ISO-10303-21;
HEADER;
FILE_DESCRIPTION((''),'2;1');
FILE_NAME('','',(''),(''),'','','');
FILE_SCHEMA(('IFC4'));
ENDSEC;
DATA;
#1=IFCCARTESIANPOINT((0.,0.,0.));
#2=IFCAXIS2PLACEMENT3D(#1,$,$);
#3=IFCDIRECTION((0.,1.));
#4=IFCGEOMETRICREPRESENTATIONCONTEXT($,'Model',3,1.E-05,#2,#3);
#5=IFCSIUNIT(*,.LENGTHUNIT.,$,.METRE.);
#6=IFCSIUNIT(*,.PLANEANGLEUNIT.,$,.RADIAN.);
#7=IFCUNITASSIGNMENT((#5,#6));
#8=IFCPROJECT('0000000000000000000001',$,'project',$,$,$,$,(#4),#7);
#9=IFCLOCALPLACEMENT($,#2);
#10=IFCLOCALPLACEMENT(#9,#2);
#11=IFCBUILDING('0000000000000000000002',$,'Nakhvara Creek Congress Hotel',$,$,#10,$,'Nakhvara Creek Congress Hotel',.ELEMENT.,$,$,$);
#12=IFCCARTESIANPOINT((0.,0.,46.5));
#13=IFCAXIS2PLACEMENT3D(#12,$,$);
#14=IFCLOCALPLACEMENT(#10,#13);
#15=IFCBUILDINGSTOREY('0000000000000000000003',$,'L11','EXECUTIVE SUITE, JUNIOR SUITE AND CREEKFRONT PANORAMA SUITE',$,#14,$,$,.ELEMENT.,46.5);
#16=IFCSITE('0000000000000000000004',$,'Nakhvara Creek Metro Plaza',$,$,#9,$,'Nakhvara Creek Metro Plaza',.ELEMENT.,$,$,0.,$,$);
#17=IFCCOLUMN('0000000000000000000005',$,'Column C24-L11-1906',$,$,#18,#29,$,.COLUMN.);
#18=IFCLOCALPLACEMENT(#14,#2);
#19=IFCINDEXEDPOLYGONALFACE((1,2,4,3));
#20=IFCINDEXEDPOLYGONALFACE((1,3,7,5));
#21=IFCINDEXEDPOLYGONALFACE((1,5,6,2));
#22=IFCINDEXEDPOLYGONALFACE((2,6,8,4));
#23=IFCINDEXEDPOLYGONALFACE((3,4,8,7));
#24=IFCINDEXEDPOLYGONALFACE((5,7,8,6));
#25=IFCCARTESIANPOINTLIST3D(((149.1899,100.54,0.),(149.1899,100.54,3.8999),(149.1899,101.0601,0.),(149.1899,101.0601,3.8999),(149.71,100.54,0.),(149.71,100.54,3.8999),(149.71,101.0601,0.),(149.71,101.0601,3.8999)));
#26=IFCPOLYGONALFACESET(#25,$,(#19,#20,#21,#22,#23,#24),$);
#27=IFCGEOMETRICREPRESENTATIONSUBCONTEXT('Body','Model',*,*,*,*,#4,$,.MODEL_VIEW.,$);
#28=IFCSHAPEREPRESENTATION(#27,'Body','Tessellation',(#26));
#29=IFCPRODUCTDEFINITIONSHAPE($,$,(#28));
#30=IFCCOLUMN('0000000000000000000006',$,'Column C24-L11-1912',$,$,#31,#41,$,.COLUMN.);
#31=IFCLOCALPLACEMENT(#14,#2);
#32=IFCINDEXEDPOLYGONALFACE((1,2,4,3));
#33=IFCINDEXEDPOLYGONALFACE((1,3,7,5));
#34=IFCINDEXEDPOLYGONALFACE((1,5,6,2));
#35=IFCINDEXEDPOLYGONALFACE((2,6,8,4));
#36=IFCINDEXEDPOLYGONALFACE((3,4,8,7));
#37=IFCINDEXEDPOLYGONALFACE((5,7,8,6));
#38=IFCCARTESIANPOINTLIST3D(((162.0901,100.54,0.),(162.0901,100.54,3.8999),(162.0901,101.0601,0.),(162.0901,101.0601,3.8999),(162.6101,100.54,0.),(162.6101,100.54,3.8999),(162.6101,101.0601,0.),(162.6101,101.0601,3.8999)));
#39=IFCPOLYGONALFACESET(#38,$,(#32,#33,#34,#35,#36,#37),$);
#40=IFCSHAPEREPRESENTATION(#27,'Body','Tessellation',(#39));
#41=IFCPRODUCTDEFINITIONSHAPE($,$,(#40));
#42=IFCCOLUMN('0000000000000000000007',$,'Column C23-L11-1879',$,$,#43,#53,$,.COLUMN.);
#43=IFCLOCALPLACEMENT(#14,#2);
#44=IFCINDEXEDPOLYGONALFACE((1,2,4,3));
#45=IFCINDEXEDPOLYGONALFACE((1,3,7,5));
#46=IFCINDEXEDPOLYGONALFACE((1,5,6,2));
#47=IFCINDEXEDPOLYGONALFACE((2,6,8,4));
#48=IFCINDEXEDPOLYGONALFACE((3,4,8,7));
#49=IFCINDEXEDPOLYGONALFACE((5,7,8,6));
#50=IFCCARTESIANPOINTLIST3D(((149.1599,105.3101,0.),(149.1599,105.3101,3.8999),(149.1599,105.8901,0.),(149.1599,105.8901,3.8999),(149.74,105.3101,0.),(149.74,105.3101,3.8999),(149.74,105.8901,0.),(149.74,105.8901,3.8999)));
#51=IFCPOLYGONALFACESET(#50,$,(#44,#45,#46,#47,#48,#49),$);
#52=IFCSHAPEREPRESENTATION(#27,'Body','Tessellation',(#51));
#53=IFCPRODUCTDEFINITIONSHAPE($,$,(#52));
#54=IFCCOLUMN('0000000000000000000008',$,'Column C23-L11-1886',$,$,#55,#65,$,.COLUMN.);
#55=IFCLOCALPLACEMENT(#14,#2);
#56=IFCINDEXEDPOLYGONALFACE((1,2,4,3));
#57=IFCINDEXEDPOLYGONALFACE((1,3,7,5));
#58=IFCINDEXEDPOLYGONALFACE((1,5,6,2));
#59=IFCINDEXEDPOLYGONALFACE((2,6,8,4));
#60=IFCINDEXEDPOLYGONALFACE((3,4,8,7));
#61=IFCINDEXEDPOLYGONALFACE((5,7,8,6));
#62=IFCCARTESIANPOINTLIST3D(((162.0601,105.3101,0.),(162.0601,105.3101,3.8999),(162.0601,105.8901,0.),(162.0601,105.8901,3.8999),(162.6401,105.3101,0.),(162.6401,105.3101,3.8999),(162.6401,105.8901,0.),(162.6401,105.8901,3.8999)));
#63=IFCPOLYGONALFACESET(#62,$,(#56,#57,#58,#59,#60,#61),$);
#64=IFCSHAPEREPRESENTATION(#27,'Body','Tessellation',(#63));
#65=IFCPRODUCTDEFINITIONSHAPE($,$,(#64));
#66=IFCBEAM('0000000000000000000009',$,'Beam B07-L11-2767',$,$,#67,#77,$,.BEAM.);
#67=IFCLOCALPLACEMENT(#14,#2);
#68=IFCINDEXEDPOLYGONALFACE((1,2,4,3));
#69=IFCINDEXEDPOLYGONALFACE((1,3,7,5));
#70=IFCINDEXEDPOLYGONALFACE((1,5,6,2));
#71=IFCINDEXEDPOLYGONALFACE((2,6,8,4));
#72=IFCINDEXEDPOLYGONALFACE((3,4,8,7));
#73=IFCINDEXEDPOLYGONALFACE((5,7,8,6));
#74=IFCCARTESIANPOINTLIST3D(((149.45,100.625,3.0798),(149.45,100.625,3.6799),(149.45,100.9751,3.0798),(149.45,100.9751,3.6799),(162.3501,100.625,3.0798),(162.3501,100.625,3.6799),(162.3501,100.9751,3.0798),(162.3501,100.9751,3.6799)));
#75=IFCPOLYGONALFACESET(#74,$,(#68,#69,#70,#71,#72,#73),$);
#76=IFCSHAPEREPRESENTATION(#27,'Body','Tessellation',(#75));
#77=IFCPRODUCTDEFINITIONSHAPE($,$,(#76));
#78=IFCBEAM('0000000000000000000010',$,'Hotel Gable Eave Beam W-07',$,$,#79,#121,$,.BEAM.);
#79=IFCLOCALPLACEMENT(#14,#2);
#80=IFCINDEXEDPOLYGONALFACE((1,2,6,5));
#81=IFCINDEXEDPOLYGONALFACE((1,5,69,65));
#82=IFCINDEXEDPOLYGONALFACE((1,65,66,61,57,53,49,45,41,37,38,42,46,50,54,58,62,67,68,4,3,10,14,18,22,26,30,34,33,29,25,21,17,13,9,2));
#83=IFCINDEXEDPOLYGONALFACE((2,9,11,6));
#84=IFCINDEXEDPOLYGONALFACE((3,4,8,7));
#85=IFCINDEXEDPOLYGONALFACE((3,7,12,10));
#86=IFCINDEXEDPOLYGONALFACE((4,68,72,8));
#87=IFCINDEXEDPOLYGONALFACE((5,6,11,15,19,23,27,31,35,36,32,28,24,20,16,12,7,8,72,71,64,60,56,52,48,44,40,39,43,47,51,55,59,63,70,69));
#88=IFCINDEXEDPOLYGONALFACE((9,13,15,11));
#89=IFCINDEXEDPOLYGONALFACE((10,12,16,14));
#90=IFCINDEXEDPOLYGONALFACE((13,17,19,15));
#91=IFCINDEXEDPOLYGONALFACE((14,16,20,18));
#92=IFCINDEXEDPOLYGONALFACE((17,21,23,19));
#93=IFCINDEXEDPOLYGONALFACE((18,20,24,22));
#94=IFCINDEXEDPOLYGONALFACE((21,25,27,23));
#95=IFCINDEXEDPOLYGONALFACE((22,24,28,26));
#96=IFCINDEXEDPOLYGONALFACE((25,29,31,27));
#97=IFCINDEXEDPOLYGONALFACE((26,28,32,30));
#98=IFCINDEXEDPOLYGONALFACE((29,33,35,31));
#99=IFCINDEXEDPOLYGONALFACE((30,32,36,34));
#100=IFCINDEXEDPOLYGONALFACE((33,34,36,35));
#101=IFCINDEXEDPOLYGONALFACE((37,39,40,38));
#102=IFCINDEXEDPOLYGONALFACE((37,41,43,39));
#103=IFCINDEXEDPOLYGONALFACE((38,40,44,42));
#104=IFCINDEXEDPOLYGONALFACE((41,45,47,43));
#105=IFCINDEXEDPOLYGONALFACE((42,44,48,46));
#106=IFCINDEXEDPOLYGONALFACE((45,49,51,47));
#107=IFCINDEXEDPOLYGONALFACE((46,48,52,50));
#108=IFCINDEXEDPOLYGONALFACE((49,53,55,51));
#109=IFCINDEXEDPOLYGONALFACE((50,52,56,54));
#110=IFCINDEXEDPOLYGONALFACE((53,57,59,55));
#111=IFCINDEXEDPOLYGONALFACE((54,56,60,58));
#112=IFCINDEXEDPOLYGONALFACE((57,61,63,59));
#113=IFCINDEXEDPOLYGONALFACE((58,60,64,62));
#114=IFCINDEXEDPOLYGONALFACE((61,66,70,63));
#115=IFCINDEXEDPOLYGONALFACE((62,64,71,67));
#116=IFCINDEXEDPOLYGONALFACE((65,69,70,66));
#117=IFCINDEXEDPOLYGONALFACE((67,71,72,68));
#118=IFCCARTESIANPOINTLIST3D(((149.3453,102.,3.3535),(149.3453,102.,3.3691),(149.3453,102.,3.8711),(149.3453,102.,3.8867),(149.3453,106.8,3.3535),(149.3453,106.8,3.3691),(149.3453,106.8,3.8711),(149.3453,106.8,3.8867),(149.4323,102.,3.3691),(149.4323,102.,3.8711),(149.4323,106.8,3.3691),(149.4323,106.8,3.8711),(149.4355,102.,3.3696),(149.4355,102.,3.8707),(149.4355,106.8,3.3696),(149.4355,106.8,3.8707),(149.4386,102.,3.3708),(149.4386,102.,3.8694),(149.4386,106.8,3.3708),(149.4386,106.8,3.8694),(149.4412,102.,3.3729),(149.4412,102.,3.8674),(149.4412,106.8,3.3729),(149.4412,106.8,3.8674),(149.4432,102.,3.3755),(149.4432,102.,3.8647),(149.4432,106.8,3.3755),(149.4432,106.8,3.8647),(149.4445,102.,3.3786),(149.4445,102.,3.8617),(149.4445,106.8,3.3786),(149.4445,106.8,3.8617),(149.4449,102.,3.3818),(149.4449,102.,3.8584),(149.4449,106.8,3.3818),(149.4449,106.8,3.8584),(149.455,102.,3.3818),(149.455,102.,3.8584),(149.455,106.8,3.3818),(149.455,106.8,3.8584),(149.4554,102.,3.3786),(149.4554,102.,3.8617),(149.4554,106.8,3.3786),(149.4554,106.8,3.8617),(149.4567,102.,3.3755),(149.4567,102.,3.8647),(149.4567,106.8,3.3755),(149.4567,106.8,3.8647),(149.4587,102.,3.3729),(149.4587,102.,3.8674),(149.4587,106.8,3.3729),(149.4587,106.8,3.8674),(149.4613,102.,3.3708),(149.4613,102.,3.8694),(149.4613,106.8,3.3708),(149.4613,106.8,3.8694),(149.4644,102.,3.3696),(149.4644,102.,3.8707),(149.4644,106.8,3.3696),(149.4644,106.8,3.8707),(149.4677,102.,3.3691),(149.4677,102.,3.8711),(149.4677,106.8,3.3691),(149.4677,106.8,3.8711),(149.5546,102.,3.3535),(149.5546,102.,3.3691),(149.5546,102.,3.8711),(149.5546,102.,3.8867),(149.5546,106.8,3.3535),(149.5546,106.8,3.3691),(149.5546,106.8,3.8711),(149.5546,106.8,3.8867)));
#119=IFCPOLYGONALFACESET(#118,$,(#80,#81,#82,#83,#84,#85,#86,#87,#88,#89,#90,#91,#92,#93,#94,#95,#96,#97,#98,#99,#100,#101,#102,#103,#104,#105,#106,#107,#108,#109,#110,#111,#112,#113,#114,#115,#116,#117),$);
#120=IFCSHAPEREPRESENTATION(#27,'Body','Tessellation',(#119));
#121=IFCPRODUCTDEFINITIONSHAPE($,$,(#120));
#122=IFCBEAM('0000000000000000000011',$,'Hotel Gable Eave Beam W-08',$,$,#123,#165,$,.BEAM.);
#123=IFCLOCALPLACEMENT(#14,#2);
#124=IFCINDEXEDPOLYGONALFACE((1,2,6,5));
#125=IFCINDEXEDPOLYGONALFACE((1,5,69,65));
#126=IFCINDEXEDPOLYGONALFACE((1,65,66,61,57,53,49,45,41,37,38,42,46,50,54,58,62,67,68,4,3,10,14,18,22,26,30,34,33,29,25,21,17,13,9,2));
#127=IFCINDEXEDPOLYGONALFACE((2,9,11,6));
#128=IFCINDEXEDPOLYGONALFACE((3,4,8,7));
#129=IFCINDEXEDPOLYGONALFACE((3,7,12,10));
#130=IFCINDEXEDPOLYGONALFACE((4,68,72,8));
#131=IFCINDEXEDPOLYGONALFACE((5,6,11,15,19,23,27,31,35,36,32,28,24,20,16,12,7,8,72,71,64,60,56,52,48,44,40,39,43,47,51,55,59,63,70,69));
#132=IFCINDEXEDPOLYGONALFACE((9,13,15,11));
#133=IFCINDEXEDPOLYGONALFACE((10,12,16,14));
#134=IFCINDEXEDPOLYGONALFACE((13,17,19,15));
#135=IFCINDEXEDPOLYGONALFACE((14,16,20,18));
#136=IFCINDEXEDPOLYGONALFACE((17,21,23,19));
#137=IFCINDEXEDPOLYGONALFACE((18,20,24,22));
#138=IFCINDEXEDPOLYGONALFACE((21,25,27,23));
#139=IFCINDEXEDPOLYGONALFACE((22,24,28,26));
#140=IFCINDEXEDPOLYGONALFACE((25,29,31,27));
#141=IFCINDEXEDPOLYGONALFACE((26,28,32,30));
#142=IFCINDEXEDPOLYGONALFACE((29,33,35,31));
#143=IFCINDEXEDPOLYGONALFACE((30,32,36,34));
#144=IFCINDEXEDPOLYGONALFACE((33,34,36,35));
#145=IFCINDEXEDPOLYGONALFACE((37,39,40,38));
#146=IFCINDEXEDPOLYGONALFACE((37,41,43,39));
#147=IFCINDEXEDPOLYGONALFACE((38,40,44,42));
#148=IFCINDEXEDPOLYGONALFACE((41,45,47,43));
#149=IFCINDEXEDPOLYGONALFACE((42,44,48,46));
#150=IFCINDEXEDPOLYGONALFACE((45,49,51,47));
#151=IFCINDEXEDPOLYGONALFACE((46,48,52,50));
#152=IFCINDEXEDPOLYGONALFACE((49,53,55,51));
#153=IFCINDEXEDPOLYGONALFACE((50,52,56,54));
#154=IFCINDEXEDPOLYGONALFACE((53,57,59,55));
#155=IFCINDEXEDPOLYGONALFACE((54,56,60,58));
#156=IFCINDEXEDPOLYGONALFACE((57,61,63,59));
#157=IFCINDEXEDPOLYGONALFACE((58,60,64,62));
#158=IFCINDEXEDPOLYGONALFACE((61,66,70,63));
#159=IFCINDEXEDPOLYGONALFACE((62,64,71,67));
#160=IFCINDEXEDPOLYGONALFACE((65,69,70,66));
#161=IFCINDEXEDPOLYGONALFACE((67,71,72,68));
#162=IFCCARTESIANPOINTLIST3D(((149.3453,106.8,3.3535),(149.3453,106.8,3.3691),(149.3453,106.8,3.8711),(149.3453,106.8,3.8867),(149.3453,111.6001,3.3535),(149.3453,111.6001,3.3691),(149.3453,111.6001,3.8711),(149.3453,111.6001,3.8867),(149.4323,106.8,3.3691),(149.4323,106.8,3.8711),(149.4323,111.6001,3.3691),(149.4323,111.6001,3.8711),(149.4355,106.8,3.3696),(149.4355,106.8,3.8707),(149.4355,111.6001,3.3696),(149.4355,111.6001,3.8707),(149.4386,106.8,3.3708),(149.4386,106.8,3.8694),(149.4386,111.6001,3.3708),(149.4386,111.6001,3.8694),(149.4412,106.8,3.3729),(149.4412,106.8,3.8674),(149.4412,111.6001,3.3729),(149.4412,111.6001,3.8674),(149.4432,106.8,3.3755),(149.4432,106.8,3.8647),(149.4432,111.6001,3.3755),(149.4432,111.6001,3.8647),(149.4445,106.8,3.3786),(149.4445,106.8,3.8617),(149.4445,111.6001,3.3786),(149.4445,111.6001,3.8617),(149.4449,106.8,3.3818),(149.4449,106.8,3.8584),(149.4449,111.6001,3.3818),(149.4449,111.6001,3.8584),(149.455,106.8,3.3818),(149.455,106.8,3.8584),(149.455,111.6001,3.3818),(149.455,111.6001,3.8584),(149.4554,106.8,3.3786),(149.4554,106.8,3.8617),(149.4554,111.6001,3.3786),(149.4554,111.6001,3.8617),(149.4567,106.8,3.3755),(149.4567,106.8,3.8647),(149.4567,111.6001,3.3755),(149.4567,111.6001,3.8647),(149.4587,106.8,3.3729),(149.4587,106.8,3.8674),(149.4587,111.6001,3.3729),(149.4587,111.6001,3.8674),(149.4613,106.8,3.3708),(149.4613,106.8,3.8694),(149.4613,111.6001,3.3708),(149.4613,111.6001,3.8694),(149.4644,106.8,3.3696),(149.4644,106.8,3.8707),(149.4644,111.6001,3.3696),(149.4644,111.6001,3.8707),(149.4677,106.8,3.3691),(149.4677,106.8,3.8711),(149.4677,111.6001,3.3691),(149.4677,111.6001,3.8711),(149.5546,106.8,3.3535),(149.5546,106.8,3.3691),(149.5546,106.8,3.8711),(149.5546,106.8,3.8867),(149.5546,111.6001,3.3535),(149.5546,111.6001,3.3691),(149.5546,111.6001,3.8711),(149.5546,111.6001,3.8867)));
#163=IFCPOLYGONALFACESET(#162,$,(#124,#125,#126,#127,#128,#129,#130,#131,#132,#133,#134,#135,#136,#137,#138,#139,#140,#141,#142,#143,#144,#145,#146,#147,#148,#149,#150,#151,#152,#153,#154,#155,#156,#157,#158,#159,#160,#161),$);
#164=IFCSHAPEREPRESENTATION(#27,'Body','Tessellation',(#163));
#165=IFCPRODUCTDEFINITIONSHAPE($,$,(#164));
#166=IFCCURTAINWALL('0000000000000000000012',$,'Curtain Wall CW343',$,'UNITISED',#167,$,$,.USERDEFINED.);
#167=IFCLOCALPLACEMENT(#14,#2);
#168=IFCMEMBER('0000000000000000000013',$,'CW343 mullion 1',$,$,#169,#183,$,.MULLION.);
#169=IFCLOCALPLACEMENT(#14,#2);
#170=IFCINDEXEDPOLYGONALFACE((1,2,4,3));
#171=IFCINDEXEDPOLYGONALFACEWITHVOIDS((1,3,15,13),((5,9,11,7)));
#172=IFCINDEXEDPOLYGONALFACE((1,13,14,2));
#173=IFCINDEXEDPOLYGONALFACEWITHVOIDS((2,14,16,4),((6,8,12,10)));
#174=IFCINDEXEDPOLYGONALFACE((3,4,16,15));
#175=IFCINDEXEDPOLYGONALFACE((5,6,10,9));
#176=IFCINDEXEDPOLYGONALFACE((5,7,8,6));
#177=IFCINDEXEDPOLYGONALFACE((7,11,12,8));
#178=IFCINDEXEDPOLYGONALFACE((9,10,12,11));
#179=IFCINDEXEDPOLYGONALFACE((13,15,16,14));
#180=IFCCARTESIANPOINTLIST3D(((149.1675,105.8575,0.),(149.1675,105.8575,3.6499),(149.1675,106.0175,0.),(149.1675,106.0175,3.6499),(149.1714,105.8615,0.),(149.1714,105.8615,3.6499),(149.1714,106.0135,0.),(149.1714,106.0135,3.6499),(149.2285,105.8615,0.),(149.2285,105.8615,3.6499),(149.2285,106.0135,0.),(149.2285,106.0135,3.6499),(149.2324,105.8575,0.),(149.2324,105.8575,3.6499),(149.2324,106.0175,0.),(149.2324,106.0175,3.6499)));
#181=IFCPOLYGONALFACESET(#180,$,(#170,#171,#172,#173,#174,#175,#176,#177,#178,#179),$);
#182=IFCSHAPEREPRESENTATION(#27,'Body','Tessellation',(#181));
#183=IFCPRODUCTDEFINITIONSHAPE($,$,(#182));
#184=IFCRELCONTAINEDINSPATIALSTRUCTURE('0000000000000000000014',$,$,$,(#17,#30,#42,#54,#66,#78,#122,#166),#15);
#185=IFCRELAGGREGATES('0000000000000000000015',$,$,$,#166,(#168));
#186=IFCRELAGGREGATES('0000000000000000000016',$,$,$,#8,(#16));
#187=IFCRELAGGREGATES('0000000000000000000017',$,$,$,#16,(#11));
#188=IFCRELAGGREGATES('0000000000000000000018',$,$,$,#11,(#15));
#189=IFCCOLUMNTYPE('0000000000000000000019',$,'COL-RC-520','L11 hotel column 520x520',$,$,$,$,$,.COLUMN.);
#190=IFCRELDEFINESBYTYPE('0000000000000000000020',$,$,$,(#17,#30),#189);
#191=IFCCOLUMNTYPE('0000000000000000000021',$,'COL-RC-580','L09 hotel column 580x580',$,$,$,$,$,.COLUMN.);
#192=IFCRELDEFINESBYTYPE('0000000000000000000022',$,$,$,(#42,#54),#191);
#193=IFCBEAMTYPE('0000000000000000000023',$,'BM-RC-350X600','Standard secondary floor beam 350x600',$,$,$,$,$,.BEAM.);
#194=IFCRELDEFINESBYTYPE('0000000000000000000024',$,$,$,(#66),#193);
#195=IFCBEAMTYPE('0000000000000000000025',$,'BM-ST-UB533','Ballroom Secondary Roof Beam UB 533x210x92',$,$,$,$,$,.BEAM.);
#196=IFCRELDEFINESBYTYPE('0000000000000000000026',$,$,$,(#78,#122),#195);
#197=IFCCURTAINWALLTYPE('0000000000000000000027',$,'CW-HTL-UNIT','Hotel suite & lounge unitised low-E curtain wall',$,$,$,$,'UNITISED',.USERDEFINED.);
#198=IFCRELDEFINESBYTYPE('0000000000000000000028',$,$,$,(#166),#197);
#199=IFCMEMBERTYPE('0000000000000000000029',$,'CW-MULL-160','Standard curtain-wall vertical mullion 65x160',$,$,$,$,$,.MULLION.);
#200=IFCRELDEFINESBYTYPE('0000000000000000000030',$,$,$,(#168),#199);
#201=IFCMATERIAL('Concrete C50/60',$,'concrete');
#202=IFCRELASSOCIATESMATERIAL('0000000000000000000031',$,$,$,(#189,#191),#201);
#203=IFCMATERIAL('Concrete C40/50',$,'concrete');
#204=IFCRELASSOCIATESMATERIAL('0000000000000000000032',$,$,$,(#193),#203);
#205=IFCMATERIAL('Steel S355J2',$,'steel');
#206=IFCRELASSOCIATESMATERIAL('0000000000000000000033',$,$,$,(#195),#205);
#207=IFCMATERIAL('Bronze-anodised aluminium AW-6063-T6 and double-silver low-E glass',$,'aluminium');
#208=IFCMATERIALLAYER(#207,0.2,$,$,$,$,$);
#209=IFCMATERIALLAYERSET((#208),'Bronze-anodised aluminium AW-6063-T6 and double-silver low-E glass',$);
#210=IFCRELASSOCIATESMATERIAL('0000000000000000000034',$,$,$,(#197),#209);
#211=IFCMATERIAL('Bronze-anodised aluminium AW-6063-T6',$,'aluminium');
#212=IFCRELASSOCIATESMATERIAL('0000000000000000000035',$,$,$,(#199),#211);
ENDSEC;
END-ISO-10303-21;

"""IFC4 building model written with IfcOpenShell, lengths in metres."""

from ifc_helpers import new_model, si_unit, direction, frame, origin, origin_2d, place, context, subcontext, project, spatial, rectangle, hollow_rectangle, i_section, extrude, material, layer, layer_set, material_profile, profile_set, type_object, element, aggregate, save


model = new_model("IFC4")

# Units and contexts
model_context = context("Model", 3, precision=1e-05, world=origin(), true_north=direction((0.0, 1.0)))
body_context = subcontext(model_context, "Body", "Model", "MODEL_VIEW")
ifc_project = project(units=[si_unit("LENGTHUNIT", "METRE"), si_unit("PLANEANGLEUNIT", "RADIAN")], contexts=[model_context])

# Site, building, storey
site_placement = place(None, origin())
site = spatial("IfcSite", under=ifc_project, at=site_placement, Name="Nakhvara Creek Metro Plaza", LongName="Nakhvara Creek Metro Plaza", CompositionType="ELEMENT", RefElevation=0.0)
building_placement = place(site_placement, origin())
building = spatial("IfcBuilding", under=site, at=building_placement, Name="Nakhvara Creek Congress Hotel", LongName="Nakhvara Creek Congress Hotel", CompositionType="ELEMENT")
storey_placement = place(building_placement, frame((0.0, 0.0, 46.5)))
storey = spatial("IfcBuildingStorey", under=building, at=storey_placement, Name="L11", Description="EXECUTIVE SUITE, JUNIOR SUITE AND CREEKFRONT PANORAMA SUITE", CompositionType="ELEMENT", Elevation=46.5)

# Columns
ifc_material_1 = material(Name="Concrete C50/60", Category="concrete")
ifc_material_profile_1 = material_profile(ifc_material_1, rectangle(XDim=0.52, YDim=0.52, at=origin_2d()), Name="RC-COL 520x520", Category="LoadBearing")
ifc_profile_set_1 = profile_set([ifc_material_profile_1], Name="Concrete C50/60")
column_type_1 = type_object("IfcColumnType", Name="COL-RC-520", Description="L11 hotel column 520x520", PredefinedType="COLUMN", material=ifc_profile_set_1)
for number, where, z_axis, x_axis, name in (
    (1, (149.45, 100.8, 0.0), (0.0, 0.0, 1.0), (1.0, 0.0, 0.0), "Column C24-L11-1906"),
    (2, (162.3501, 100.8, 0.0), (0.0, 0.0, 1.0), (1.0, 0.0, 0.0), "Column C24-L11-1912"),
):
    element("IfcColumn", number, at=place(storey_placement, frame(where, z_axis=z_axis, x_axis=x_axis)), inside=storey, type_object=column_type_1, Name=name, PredefinedType="COLUMN", context=body_context, shape_type="SweptSolid", body=[
        extrude(rectangle(XDim=0.52, YDim=0.52, at=origin_2d()), origin(), (0.0, 0.0, 1.0), 3.8999),
    ])
ifc_material_profile_2 = material_profile(ifc_material_1, rectangle(XDim=0.5801, YDim=0.5801, at=origin_2d()), Name="RC-COL 580x580", Category="LoadBearing")
ifc_profile_set_2 = profile_set([ifc_material_profile_2], Name="Concrete C50/60")
column_type_2 = type_object("IfcColumnType", Name="COL-RC-580", Description="L09 hotel column 580x580", PredefinedType="COLUMN", material=ifc_profile_set_2)
for number, where, z_axis, x_axis, name in (
    (3, (149.45, 105.6001, 0.0), (0.0, 0.0, 1.0), (1.0, 0.0, 0.0), "Column C23-L11-1879"),
    (4, (162.3501, 105.6001, 0.0), (0.0, 0.0, 1.0), (1.0, 0.0, 0.0), "Column C23-L11-1886"),
):
    element("IfcColumn", number, at=place(storey_placement, frame(where, z_axis=z_axis, x_axis=x_axis)), inside=storey, type_object=column_type_2, Name=name, PredefinedType="COLUMN", context=body_context, shape_type="SweptSolid", body=[
        extrude(rectangle(XDim=0.5801, YDim=0.5801, at=origin_2d()), origin(), (0.0, 0.0, 1.0), 3.8999),
    ])

# Beams
ifc_material_2 = material(Name="Concrete C40/50", Category="concrete")
ifc_material_profile_3 = material_profile(ifc_material_2, rectangle(XDim=0.3501, YDim=0.6001, at=origin_2d()), Name="RC-BM 350x600", Category="LoadBearing")
ifc_profile_set_3 = profile_set([ifc_material_profile_3], Name="Concrete C40/50")
beam_type_1 = type_object("IfcBeamType", Name="BM-RC-350X600", Description="Standard secondary floor beam 350x600", PredefinedType="BEAM", material=ifc_profile_set_3)
beam_placement = place(storey_placement, frame((149.45, 100.8, 3.3799), z_axis=(1.0, 0.0, 0.0), x_axis=(0.0, 1.0, 0.0)))
element("IfcBeam", 5, at=beam_placement, inside=storey, type_object=beam_type_1, Name="Beam B07-L11-2767", PredefinedType="BEAM", context=body_context, shape_type="SweptSolid", body=[
    extrude(rectangle(XDim=0.3501, YDim=0.6001, at=origin_2d()), origin(), (0.0, 0.0, 1.0), 12.9001),
])
ifc_material_3 = material(Name="Steel S355J2", Category="steel")
ifc_material_profile_4 = material_profile(ifc_material_3, i_section(OverallWidth=0.2092, OverallDepth=0.5332, WebThickness=0.01, FlangeThickness=0.0156, FilletRadius=0.0127, at=origin_2d()), Name="UB 533x210x92", Category="LoadBearing")
ifc_profile_set_4 = profile_set([ifc_material_profile_4], Name="Steel S355J2")
beam_type_2 = type_object("IfcBeamType", Name="BM-ST-UB533", Description="Ballroom Secondary Roof Beam UB 533x210x92", PredefinedType="BEAM", material=ifc_profile_set_4)
for number, where, z_axis, x_axis, name in (
    (6, (149.45, 102.0, 3.6201), (0.0, 1.0, 0.0), (-1.0, 0.0, 0.0), "Hotel Gable Eave Beam W-07"),
    (7, (149.45, 106.8, 3.6201), (0.0, 1.0, 0.0), (-1.0, 0.0, 0.0), "Hotel Gable Eave Beam W-08"),
):
    element("IfcBeam", number, at=place(storey_placement, frame(where, z_axis=z_axis, x_axis=x_axis)), inside=storey, type_object=beam_type_2, Name=name, PredefinedType="BEAM", context=body_context, shape_type="SweptSolid", body=[
        extrude(i_section(OverallWidth=0.2092, OverallDepth=0.5332, WebThickness=0.01, FlangeThickness=0.0156, FilletRadius=0.0127, at=origin_2d()), origin(), (0.0, 0.0, 1.0), 4.8),
    ])

# Curtain wall, member
ifc_material_4 = material(Name="Bronze-anodised aluminium AW-6063-T6 and double-silver low-E glass", Category="aluminium")
ifc_layer_1 = layer(ifc_material_4, 0.2)
ifc_layer_set_1 = layer_set([ifc_layer_1], Name="Bronze-anodised aluminium AW-6063-T6 and double-silver low-E glass")
curtain_wall_type = type_object("IfcCurtainWallType", Name="CW-HTL-UNIT", Description="Hotel suite & lounge unitised low-E curtain wall", ElementType="UNITISED", PredefinedType="USERDEFINED", material=ifc_layer_set_1)
curtain_wall_1_placement = place(storey_placement, origin())
curtain_wall_1 = element("IfcCurtainWall", 8, at=curtain_wall_1_placement, inside=storey, type_object=curtain_wall_type, Name="Curtain Wall CW343", ObjectType="UNITISED", PredefinedType="USERDEFINED")
ifc_material_5 = material(Name="Bronze-anodised aluminium AW-6063-T6", Category="aluminium")
ifc_material_profile_5 = material_profile(ifc_material_5, hollow_rectangle(XDim=0.0649, YDim=0.1599, WallThickness=0.0039, at=origin_2d()), Name="ALU-MULL 65x160x4", Category="LoadBearing")
ifc_profile_set_5 = profile_set([ifc_material_profile_5], Name="Bronze-anodised aluminium AW-6063-T6")
member_type_1 = type_object("IfcMemberType", Name="CW-MULL-160", Description="Standard curtain-wall vertical mullion 65x160", PredefinedType="MULLION", material=ifc_profile_set_5)
member_1_placement = place(storey_placement, frame((149.2, 105.9375, 0.0), z_axis=(0.0, 0.0, 1.0), x_axis=(-1.0, 0.0, 0.0)))
member_1 = element("IfcMember", 9, at=member_1_placement, type_object=member_type_1, Name="CW343 mullion 1", PredefinedType="MULLION", context=body_context, shape_type="SweptSolid", body=[
    extrude(hollow_rectangle(XDim=0.0649, YDim=0.1599, WallThickness=0.0039, at=origin_2d()), origin(), (0.0, 0.0, 1.0), 3.6499),
])

aggregate(curtain_wall_1, [member_1])

save(model, "model.ifc")
